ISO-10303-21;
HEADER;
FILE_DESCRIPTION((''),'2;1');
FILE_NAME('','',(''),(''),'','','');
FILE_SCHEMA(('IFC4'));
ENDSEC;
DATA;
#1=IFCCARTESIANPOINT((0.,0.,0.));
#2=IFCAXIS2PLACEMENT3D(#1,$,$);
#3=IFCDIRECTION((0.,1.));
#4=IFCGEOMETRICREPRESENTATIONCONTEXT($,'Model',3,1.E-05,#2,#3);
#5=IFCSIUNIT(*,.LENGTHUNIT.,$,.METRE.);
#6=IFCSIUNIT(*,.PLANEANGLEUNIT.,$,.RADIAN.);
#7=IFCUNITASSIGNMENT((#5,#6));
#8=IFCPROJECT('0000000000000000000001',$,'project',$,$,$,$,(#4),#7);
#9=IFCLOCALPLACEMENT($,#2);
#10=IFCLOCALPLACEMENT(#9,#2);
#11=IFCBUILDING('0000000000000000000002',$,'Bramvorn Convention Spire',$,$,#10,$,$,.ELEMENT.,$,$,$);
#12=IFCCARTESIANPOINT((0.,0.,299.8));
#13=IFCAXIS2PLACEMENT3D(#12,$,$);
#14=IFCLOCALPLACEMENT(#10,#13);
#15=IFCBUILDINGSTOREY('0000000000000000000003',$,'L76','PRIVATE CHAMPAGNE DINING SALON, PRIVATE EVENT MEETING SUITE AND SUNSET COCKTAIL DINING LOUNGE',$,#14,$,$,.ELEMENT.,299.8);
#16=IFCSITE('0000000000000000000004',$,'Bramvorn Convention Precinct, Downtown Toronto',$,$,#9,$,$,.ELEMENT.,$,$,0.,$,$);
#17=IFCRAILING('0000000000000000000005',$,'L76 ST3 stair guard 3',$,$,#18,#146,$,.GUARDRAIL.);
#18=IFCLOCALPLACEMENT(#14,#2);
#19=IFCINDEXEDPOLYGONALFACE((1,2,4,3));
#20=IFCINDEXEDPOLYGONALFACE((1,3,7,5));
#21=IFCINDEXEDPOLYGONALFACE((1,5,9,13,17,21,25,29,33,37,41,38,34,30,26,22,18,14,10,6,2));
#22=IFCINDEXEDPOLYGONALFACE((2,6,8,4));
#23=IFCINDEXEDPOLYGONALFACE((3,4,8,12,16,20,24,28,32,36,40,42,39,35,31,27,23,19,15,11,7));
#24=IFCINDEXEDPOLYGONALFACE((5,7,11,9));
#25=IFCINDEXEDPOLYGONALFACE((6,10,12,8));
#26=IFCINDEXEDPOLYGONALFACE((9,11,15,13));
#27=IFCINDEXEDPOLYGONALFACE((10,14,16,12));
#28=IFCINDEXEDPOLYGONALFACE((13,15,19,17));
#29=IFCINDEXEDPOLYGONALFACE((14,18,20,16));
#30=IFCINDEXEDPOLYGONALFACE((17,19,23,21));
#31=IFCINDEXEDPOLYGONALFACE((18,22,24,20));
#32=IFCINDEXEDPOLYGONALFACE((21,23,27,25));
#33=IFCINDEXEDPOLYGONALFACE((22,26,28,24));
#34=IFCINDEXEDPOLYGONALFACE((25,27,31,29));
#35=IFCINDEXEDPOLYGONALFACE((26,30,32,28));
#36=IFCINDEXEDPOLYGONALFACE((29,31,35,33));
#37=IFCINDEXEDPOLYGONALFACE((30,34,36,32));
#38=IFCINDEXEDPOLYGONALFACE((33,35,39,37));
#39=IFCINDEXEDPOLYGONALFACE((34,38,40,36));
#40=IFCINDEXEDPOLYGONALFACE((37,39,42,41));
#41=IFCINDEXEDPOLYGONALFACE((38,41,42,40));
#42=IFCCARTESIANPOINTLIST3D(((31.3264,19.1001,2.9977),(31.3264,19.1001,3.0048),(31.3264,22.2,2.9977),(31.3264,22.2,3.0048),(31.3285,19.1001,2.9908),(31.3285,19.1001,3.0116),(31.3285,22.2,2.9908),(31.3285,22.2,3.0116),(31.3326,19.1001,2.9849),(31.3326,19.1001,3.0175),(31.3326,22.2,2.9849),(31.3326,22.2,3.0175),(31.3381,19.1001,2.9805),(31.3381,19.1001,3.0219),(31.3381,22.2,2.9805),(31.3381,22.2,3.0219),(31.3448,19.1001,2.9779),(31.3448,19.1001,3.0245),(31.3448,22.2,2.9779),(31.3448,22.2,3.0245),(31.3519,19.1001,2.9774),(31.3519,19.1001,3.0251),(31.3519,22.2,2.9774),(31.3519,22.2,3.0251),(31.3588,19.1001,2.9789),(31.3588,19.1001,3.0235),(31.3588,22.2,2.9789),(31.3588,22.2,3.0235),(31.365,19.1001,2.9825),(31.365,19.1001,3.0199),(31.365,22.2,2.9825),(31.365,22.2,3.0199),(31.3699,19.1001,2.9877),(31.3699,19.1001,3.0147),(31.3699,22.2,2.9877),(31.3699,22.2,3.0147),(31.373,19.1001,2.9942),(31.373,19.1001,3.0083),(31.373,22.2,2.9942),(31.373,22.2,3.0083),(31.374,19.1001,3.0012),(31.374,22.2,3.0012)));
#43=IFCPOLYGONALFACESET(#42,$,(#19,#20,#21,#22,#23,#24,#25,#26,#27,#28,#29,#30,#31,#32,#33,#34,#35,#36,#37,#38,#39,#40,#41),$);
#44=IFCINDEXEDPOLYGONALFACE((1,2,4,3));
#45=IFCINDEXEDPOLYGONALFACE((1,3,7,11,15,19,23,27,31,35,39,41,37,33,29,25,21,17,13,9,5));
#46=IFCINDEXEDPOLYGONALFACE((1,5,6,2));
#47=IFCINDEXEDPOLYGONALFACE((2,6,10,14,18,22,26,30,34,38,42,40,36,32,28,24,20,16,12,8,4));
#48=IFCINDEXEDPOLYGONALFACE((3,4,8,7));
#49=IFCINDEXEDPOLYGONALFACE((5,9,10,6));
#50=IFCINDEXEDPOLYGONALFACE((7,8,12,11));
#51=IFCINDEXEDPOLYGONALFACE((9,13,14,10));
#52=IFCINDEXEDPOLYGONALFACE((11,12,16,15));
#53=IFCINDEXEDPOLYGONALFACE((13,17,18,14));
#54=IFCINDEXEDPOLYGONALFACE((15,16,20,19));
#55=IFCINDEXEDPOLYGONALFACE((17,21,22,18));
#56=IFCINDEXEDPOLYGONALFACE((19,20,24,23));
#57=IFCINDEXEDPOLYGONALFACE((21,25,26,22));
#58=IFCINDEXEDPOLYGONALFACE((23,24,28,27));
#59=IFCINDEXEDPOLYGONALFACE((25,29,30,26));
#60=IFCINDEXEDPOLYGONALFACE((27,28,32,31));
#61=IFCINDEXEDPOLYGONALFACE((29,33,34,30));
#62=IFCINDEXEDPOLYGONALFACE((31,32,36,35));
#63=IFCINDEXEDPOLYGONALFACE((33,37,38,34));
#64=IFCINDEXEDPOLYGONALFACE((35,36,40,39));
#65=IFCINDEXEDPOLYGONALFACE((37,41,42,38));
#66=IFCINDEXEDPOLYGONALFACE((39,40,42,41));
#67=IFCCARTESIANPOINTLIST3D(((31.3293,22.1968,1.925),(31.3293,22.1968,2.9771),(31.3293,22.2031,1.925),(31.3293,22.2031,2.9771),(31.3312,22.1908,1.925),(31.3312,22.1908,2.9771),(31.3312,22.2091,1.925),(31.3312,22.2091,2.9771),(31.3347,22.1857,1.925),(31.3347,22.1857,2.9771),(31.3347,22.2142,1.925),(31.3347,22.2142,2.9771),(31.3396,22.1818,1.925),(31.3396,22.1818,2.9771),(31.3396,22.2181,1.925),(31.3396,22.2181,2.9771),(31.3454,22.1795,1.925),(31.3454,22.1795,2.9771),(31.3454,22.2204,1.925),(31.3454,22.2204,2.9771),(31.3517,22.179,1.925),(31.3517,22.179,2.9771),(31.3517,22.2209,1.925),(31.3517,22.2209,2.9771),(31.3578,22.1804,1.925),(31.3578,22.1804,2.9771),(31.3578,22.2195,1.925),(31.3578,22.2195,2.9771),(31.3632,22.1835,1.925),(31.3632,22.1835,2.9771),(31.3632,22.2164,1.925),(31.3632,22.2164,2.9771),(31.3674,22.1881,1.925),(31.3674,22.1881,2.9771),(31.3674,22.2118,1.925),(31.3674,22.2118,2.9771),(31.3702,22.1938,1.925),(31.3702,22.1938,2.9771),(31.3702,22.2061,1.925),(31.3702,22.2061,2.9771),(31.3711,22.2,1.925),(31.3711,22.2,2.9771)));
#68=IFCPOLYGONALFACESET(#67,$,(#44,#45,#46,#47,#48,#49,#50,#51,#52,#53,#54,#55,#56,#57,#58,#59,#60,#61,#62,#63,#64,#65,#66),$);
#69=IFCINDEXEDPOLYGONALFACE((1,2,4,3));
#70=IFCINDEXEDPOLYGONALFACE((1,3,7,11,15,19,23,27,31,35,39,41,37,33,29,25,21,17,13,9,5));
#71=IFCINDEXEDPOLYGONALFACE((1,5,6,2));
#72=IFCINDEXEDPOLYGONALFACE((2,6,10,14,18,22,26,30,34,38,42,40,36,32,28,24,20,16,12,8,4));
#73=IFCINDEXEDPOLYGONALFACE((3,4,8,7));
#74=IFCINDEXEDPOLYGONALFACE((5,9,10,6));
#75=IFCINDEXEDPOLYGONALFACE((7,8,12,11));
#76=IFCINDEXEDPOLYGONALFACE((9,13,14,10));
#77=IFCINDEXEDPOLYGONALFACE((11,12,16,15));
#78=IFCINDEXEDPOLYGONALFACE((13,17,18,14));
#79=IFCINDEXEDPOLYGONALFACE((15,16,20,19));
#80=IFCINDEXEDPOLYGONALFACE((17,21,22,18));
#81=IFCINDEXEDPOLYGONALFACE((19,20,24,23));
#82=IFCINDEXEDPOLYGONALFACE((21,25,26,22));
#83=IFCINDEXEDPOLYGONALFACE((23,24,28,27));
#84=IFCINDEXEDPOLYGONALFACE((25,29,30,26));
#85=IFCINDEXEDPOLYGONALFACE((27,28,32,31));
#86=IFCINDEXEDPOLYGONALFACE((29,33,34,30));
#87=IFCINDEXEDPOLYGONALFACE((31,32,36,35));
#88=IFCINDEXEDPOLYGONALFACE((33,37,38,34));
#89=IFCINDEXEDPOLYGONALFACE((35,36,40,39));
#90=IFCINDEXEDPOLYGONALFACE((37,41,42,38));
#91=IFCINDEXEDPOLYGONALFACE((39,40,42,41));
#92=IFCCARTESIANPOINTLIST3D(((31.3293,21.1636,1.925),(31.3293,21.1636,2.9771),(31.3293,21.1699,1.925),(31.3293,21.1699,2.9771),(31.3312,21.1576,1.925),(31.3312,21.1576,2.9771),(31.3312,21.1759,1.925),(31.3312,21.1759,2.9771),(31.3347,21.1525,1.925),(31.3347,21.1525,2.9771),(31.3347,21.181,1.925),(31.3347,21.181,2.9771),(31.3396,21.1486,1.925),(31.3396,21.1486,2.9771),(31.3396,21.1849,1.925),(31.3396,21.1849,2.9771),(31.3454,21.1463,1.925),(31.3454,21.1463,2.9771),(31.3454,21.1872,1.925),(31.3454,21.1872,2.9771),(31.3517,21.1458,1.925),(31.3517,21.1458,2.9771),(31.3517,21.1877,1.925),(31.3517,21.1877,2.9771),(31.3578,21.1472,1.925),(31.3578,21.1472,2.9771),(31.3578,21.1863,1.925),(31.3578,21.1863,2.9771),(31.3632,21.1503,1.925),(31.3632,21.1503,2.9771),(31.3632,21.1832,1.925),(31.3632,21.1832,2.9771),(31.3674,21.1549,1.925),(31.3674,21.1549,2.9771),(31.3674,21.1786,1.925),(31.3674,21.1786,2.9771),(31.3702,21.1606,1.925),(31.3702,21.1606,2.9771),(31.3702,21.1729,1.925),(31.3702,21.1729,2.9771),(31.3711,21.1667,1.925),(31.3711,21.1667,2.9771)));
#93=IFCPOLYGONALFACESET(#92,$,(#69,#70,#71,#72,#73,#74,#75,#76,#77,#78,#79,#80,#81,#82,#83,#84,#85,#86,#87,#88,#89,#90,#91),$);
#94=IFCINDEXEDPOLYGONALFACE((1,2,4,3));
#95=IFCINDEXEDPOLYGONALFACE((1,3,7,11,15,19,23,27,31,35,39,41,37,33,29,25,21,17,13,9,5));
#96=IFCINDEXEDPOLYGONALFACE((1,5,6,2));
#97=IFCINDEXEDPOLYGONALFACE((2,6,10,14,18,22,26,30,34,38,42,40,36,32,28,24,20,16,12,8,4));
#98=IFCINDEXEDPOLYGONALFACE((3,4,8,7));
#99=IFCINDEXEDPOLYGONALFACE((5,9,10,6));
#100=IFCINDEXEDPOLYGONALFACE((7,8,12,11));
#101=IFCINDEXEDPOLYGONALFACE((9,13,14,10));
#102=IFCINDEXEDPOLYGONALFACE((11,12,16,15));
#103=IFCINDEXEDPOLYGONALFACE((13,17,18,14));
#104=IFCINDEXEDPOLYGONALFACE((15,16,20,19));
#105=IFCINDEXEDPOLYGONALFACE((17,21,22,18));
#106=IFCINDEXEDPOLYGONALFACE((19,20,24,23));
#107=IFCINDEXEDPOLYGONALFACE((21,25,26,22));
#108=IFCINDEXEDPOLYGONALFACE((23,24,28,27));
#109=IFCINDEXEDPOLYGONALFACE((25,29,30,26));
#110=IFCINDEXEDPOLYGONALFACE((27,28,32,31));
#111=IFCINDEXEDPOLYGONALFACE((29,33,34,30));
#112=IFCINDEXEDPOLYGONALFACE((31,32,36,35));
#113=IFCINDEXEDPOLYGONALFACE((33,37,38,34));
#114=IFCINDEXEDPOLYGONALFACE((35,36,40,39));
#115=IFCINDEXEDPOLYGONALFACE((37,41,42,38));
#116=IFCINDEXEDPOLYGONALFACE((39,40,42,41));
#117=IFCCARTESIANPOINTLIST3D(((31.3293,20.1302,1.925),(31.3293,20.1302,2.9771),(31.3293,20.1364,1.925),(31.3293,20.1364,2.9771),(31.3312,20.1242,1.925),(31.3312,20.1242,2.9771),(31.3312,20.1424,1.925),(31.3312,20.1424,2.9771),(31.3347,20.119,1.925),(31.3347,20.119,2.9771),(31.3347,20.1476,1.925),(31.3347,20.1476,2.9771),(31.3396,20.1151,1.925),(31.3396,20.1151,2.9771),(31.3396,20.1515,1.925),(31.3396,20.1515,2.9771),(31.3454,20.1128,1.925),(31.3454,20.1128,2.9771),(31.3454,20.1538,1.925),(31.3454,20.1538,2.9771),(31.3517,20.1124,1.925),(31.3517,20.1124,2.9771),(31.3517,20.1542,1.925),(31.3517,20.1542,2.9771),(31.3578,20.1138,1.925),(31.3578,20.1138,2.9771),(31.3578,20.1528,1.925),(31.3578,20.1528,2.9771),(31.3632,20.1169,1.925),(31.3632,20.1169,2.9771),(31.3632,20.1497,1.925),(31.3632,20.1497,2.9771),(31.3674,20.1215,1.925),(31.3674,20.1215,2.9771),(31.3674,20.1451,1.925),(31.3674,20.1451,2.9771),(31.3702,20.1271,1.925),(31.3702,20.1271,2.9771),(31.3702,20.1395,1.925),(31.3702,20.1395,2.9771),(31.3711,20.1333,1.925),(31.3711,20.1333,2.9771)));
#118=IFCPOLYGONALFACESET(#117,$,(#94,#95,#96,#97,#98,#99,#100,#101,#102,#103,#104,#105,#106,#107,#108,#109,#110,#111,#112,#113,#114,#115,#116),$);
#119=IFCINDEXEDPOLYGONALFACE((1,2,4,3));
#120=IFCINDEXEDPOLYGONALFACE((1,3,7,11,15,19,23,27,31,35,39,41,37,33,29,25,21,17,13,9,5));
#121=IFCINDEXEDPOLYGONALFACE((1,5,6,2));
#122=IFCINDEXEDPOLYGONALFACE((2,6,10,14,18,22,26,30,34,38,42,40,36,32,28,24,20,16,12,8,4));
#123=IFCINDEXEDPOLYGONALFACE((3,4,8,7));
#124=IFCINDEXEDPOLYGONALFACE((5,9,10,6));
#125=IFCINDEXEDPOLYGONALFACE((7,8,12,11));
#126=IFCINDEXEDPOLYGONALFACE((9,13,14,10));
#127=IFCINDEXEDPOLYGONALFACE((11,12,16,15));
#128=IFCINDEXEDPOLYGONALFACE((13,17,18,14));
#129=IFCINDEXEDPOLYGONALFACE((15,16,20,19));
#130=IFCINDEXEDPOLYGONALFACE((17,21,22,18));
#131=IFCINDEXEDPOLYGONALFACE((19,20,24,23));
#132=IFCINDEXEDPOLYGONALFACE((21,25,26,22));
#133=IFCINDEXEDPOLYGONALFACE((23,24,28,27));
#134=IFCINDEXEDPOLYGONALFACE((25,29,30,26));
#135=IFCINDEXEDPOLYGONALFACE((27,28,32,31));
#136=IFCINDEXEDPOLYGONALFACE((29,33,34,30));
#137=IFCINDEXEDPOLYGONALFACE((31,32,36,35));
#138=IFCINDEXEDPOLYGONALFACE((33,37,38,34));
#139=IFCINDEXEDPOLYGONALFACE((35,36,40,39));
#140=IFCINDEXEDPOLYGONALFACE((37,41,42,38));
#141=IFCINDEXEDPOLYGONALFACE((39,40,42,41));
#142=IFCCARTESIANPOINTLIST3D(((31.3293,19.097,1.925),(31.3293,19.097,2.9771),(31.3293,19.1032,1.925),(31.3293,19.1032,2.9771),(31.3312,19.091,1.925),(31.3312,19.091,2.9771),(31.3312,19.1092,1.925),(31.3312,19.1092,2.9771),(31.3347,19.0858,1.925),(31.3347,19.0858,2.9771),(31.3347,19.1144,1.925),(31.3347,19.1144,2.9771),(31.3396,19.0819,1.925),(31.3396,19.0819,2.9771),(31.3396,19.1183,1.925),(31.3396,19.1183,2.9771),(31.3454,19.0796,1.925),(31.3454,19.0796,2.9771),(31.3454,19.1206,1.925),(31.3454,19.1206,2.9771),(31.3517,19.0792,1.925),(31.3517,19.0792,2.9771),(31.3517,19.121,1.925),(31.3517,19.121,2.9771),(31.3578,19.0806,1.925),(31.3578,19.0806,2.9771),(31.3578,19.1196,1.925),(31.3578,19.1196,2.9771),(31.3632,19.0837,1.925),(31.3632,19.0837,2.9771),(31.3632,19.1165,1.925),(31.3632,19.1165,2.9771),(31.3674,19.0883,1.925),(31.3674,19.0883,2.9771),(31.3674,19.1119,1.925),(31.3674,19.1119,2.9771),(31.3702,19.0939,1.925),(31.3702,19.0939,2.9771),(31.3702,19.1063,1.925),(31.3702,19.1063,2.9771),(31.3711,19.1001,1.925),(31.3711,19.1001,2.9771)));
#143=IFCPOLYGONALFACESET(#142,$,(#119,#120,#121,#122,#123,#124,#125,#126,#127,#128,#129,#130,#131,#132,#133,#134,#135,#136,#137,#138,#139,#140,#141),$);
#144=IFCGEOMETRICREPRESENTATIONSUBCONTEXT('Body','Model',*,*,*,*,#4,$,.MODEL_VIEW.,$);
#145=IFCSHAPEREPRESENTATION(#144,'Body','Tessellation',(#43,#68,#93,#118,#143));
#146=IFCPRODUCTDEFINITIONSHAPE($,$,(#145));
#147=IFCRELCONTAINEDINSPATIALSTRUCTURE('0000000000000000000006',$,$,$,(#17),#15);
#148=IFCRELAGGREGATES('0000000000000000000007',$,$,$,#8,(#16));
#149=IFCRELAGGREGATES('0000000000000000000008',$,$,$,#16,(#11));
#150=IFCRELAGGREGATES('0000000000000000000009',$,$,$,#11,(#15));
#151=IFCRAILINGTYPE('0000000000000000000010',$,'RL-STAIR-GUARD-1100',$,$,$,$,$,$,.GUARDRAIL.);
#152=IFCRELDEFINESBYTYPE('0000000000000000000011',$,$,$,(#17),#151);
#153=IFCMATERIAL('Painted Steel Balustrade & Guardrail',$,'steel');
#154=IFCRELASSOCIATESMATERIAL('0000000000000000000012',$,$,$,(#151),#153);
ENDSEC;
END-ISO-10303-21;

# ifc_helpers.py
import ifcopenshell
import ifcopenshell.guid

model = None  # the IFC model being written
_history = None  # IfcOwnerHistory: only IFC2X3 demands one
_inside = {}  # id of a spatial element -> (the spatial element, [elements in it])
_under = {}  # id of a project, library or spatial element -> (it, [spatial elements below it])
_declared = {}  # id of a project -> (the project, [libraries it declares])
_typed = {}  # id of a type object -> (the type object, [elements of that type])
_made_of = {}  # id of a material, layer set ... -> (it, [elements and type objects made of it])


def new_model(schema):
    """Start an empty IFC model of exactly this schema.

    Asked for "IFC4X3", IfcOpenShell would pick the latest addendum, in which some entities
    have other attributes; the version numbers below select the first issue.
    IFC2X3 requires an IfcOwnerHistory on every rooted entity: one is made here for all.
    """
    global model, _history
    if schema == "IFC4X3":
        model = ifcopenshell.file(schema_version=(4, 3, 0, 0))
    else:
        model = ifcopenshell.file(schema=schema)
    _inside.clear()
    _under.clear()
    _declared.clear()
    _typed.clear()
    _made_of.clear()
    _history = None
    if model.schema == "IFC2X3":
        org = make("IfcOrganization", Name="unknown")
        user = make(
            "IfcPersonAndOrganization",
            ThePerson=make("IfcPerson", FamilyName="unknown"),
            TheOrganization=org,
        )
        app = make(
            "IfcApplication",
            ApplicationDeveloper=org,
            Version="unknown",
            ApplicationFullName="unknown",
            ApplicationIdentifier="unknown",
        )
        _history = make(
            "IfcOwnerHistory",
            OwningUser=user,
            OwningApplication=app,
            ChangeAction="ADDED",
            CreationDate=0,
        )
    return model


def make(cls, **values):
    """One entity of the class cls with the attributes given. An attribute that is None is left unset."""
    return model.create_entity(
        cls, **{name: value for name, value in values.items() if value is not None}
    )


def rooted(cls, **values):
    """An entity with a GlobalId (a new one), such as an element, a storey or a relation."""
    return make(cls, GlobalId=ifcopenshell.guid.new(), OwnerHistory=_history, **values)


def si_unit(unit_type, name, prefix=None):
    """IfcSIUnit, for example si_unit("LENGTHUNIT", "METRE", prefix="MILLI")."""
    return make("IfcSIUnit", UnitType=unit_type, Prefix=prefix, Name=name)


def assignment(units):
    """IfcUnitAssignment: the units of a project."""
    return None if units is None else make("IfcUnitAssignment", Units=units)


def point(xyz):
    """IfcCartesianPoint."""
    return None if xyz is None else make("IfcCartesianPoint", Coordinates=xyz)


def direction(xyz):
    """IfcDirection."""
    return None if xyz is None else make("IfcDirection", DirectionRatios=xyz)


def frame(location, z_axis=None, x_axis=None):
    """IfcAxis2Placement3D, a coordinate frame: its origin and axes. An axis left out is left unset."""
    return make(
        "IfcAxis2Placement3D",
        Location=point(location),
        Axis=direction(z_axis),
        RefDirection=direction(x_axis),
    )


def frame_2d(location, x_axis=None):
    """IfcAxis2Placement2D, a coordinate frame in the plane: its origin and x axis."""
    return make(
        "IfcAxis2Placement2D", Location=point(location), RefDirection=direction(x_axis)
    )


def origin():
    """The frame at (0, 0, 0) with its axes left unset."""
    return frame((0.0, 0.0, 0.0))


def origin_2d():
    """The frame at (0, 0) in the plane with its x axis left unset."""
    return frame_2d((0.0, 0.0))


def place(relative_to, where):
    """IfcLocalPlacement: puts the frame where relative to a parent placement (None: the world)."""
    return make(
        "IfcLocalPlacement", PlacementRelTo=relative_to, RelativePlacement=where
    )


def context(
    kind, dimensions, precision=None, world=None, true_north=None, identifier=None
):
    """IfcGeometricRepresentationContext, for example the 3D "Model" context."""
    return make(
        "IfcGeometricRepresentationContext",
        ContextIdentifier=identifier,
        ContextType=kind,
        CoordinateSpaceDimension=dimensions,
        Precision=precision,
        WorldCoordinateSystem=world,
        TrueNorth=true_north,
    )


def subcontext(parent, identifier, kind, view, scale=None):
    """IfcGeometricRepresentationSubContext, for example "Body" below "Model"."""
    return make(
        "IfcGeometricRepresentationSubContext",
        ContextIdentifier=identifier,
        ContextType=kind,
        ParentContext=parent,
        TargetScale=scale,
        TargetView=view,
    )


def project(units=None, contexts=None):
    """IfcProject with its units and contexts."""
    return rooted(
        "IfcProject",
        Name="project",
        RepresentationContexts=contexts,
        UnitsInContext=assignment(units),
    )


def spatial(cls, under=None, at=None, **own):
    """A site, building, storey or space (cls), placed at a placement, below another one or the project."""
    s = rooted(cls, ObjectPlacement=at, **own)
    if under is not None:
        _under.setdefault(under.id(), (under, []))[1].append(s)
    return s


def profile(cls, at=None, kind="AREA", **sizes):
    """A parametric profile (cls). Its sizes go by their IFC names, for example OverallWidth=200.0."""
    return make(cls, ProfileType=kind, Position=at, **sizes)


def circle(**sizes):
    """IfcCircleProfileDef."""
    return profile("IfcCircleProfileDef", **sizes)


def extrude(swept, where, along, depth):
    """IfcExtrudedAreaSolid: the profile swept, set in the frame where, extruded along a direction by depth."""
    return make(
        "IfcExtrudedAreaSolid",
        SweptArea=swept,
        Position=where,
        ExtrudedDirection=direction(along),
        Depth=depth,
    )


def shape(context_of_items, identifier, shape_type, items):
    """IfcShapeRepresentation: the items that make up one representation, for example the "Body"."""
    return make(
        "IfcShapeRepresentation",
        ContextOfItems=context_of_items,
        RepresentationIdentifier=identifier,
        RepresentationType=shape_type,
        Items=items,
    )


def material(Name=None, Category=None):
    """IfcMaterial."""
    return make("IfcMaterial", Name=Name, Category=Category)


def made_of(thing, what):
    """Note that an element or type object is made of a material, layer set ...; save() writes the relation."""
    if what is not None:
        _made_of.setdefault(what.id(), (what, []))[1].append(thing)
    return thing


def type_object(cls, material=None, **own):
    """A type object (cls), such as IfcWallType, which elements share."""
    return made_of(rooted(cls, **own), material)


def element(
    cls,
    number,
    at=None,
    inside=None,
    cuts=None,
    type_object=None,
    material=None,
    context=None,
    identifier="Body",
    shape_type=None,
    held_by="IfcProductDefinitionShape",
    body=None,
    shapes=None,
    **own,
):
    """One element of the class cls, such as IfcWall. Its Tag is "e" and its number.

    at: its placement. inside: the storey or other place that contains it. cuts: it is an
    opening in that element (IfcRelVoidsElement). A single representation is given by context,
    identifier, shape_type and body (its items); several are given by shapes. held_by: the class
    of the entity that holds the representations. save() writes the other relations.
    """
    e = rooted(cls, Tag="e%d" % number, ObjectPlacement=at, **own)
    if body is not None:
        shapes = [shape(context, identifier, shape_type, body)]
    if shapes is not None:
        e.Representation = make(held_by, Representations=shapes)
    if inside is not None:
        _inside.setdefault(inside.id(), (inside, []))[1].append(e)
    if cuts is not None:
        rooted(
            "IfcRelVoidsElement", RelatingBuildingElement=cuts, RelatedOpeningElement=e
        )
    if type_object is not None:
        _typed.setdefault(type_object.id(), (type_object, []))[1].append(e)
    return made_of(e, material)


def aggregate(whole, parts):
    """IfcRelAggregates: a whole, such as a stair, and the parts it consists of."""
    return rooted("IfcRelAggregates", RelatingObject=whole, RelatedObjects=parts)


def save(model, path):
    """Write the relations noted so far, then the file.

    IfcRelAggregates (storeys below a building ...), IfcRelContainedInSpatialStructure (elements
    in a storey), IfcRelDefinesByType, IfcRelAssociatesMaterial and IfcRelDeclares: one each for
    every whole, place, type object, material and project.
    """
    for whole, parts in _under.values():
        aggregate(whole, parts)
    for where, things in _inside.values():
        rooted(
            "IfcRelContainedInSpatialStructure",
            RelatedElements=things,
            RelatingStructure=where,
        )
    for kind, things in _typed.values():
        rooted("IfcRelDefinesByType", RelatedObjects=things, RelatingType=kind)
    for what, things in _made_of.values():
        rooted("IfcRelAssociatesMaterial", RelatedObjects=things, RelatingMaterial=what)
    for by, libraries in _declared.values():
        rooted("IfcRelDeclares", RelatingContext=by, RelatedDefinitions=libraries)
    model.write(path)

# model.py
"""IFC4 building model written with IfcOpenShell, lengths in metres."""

from ifc_helpers import new_model, si_unit, direction, frame, origin, origin_2d, place, context, subcontext, project, spatial, circle, extrude, material, type_object, element, save


model = new_model("IFC4")

# Units and contexts
model_context = context("Model", 3, precision=1e-05, world=origin(), true_north=direction((0.0, 1.0)))
body_context = subcontext(model_context, "Body", "Model", "MODEL_VIEW")
ifc_project = project(units=[si_unit("LENGTHUNIT", "METRE"), si_unit("PLANEANGLEUNIT", "RADIAN")], contexts=[model_context])

# Site, building, storey
site_placement = place(None, origin())
site = spatial("IfcSite", under=ifc_project, at=site_placement, Name="Bramvorn Convention Precinct, Downtown Toronto", CompositionType="ELEMENT", RefElevation=0.0)
building_placement = place(site_placement, origin())
building = spatial("IfcBuilding", under=site, at=building_placement, Name="Bramvorn Convention Spire", CompositionType="ELEMENT")
storey_placement = place(building_placement, frame((0.0, 0.0, 299.8)))
storey = spatial("IfcBuildingStorey", under=building, at=storey_placement, Name="L76", Description="PRIVATE CHAMPAGNE DINING SALON, PRIVATE EVENT MEETING SUITE AND SUNSET COCKTAIL DINING LOUNGE", CompositionType="ELEMENT", Elevation=299.8)

# Railing
ifc_material_1 = material(Name="Painted Steel Balustrade & Guardrail", Category="steel")
railing_type_1 = type_object("IfcRailingType", Name="RL-STAIR-GUARD-1100", PredefinedType="GUARDRAIL", material=ifc_material_1)
for number, where, name in (
    (1, (31.3501, 22.2, 1.925), "L76 ST3 stair guard 3"),
):
    element("IfcRailing", number, at=place(storey_placement, frame(where)), inside=storey, type_object=railing_type_1, Name=name, PredefinedType="GUARDRAIL", context=body_context, shape_type="SweptSolid", body=[
        extrude(circle(Radius=0.0239, at=origin_2d()), frame((0.0, 0.0, 1.0762), z_axis=(0.0, -1.0, 0.0), x_axis=(1.0, 0.0, 0.0)), (0.0, 0.0, 1.0), 3.0999),
        extrude(circle(Radius=0.021, at=origin_2d()), origin(), (0.0, 0.0, 1.0), 1.052),
        extrude(circle(Radius=0.021, at=origin_2d()), frame((0.0, -1.0332, 0.0)), (0.0, 0.0, 1.0), 1.052),
        extrude(circle(Radius=0.021, at=origin_2d()), frame((0.0, -2.0667, 0.0)), (0.0, 0.0, 1.0), 1.052),
        extrude(circle(Radius=0.021, at=origin_2d()), frame((0.0, -3.0999, 0.0)), (0.0, 0.0, 1.0), 1.052),
    ])

save(model, "model.ifc")
